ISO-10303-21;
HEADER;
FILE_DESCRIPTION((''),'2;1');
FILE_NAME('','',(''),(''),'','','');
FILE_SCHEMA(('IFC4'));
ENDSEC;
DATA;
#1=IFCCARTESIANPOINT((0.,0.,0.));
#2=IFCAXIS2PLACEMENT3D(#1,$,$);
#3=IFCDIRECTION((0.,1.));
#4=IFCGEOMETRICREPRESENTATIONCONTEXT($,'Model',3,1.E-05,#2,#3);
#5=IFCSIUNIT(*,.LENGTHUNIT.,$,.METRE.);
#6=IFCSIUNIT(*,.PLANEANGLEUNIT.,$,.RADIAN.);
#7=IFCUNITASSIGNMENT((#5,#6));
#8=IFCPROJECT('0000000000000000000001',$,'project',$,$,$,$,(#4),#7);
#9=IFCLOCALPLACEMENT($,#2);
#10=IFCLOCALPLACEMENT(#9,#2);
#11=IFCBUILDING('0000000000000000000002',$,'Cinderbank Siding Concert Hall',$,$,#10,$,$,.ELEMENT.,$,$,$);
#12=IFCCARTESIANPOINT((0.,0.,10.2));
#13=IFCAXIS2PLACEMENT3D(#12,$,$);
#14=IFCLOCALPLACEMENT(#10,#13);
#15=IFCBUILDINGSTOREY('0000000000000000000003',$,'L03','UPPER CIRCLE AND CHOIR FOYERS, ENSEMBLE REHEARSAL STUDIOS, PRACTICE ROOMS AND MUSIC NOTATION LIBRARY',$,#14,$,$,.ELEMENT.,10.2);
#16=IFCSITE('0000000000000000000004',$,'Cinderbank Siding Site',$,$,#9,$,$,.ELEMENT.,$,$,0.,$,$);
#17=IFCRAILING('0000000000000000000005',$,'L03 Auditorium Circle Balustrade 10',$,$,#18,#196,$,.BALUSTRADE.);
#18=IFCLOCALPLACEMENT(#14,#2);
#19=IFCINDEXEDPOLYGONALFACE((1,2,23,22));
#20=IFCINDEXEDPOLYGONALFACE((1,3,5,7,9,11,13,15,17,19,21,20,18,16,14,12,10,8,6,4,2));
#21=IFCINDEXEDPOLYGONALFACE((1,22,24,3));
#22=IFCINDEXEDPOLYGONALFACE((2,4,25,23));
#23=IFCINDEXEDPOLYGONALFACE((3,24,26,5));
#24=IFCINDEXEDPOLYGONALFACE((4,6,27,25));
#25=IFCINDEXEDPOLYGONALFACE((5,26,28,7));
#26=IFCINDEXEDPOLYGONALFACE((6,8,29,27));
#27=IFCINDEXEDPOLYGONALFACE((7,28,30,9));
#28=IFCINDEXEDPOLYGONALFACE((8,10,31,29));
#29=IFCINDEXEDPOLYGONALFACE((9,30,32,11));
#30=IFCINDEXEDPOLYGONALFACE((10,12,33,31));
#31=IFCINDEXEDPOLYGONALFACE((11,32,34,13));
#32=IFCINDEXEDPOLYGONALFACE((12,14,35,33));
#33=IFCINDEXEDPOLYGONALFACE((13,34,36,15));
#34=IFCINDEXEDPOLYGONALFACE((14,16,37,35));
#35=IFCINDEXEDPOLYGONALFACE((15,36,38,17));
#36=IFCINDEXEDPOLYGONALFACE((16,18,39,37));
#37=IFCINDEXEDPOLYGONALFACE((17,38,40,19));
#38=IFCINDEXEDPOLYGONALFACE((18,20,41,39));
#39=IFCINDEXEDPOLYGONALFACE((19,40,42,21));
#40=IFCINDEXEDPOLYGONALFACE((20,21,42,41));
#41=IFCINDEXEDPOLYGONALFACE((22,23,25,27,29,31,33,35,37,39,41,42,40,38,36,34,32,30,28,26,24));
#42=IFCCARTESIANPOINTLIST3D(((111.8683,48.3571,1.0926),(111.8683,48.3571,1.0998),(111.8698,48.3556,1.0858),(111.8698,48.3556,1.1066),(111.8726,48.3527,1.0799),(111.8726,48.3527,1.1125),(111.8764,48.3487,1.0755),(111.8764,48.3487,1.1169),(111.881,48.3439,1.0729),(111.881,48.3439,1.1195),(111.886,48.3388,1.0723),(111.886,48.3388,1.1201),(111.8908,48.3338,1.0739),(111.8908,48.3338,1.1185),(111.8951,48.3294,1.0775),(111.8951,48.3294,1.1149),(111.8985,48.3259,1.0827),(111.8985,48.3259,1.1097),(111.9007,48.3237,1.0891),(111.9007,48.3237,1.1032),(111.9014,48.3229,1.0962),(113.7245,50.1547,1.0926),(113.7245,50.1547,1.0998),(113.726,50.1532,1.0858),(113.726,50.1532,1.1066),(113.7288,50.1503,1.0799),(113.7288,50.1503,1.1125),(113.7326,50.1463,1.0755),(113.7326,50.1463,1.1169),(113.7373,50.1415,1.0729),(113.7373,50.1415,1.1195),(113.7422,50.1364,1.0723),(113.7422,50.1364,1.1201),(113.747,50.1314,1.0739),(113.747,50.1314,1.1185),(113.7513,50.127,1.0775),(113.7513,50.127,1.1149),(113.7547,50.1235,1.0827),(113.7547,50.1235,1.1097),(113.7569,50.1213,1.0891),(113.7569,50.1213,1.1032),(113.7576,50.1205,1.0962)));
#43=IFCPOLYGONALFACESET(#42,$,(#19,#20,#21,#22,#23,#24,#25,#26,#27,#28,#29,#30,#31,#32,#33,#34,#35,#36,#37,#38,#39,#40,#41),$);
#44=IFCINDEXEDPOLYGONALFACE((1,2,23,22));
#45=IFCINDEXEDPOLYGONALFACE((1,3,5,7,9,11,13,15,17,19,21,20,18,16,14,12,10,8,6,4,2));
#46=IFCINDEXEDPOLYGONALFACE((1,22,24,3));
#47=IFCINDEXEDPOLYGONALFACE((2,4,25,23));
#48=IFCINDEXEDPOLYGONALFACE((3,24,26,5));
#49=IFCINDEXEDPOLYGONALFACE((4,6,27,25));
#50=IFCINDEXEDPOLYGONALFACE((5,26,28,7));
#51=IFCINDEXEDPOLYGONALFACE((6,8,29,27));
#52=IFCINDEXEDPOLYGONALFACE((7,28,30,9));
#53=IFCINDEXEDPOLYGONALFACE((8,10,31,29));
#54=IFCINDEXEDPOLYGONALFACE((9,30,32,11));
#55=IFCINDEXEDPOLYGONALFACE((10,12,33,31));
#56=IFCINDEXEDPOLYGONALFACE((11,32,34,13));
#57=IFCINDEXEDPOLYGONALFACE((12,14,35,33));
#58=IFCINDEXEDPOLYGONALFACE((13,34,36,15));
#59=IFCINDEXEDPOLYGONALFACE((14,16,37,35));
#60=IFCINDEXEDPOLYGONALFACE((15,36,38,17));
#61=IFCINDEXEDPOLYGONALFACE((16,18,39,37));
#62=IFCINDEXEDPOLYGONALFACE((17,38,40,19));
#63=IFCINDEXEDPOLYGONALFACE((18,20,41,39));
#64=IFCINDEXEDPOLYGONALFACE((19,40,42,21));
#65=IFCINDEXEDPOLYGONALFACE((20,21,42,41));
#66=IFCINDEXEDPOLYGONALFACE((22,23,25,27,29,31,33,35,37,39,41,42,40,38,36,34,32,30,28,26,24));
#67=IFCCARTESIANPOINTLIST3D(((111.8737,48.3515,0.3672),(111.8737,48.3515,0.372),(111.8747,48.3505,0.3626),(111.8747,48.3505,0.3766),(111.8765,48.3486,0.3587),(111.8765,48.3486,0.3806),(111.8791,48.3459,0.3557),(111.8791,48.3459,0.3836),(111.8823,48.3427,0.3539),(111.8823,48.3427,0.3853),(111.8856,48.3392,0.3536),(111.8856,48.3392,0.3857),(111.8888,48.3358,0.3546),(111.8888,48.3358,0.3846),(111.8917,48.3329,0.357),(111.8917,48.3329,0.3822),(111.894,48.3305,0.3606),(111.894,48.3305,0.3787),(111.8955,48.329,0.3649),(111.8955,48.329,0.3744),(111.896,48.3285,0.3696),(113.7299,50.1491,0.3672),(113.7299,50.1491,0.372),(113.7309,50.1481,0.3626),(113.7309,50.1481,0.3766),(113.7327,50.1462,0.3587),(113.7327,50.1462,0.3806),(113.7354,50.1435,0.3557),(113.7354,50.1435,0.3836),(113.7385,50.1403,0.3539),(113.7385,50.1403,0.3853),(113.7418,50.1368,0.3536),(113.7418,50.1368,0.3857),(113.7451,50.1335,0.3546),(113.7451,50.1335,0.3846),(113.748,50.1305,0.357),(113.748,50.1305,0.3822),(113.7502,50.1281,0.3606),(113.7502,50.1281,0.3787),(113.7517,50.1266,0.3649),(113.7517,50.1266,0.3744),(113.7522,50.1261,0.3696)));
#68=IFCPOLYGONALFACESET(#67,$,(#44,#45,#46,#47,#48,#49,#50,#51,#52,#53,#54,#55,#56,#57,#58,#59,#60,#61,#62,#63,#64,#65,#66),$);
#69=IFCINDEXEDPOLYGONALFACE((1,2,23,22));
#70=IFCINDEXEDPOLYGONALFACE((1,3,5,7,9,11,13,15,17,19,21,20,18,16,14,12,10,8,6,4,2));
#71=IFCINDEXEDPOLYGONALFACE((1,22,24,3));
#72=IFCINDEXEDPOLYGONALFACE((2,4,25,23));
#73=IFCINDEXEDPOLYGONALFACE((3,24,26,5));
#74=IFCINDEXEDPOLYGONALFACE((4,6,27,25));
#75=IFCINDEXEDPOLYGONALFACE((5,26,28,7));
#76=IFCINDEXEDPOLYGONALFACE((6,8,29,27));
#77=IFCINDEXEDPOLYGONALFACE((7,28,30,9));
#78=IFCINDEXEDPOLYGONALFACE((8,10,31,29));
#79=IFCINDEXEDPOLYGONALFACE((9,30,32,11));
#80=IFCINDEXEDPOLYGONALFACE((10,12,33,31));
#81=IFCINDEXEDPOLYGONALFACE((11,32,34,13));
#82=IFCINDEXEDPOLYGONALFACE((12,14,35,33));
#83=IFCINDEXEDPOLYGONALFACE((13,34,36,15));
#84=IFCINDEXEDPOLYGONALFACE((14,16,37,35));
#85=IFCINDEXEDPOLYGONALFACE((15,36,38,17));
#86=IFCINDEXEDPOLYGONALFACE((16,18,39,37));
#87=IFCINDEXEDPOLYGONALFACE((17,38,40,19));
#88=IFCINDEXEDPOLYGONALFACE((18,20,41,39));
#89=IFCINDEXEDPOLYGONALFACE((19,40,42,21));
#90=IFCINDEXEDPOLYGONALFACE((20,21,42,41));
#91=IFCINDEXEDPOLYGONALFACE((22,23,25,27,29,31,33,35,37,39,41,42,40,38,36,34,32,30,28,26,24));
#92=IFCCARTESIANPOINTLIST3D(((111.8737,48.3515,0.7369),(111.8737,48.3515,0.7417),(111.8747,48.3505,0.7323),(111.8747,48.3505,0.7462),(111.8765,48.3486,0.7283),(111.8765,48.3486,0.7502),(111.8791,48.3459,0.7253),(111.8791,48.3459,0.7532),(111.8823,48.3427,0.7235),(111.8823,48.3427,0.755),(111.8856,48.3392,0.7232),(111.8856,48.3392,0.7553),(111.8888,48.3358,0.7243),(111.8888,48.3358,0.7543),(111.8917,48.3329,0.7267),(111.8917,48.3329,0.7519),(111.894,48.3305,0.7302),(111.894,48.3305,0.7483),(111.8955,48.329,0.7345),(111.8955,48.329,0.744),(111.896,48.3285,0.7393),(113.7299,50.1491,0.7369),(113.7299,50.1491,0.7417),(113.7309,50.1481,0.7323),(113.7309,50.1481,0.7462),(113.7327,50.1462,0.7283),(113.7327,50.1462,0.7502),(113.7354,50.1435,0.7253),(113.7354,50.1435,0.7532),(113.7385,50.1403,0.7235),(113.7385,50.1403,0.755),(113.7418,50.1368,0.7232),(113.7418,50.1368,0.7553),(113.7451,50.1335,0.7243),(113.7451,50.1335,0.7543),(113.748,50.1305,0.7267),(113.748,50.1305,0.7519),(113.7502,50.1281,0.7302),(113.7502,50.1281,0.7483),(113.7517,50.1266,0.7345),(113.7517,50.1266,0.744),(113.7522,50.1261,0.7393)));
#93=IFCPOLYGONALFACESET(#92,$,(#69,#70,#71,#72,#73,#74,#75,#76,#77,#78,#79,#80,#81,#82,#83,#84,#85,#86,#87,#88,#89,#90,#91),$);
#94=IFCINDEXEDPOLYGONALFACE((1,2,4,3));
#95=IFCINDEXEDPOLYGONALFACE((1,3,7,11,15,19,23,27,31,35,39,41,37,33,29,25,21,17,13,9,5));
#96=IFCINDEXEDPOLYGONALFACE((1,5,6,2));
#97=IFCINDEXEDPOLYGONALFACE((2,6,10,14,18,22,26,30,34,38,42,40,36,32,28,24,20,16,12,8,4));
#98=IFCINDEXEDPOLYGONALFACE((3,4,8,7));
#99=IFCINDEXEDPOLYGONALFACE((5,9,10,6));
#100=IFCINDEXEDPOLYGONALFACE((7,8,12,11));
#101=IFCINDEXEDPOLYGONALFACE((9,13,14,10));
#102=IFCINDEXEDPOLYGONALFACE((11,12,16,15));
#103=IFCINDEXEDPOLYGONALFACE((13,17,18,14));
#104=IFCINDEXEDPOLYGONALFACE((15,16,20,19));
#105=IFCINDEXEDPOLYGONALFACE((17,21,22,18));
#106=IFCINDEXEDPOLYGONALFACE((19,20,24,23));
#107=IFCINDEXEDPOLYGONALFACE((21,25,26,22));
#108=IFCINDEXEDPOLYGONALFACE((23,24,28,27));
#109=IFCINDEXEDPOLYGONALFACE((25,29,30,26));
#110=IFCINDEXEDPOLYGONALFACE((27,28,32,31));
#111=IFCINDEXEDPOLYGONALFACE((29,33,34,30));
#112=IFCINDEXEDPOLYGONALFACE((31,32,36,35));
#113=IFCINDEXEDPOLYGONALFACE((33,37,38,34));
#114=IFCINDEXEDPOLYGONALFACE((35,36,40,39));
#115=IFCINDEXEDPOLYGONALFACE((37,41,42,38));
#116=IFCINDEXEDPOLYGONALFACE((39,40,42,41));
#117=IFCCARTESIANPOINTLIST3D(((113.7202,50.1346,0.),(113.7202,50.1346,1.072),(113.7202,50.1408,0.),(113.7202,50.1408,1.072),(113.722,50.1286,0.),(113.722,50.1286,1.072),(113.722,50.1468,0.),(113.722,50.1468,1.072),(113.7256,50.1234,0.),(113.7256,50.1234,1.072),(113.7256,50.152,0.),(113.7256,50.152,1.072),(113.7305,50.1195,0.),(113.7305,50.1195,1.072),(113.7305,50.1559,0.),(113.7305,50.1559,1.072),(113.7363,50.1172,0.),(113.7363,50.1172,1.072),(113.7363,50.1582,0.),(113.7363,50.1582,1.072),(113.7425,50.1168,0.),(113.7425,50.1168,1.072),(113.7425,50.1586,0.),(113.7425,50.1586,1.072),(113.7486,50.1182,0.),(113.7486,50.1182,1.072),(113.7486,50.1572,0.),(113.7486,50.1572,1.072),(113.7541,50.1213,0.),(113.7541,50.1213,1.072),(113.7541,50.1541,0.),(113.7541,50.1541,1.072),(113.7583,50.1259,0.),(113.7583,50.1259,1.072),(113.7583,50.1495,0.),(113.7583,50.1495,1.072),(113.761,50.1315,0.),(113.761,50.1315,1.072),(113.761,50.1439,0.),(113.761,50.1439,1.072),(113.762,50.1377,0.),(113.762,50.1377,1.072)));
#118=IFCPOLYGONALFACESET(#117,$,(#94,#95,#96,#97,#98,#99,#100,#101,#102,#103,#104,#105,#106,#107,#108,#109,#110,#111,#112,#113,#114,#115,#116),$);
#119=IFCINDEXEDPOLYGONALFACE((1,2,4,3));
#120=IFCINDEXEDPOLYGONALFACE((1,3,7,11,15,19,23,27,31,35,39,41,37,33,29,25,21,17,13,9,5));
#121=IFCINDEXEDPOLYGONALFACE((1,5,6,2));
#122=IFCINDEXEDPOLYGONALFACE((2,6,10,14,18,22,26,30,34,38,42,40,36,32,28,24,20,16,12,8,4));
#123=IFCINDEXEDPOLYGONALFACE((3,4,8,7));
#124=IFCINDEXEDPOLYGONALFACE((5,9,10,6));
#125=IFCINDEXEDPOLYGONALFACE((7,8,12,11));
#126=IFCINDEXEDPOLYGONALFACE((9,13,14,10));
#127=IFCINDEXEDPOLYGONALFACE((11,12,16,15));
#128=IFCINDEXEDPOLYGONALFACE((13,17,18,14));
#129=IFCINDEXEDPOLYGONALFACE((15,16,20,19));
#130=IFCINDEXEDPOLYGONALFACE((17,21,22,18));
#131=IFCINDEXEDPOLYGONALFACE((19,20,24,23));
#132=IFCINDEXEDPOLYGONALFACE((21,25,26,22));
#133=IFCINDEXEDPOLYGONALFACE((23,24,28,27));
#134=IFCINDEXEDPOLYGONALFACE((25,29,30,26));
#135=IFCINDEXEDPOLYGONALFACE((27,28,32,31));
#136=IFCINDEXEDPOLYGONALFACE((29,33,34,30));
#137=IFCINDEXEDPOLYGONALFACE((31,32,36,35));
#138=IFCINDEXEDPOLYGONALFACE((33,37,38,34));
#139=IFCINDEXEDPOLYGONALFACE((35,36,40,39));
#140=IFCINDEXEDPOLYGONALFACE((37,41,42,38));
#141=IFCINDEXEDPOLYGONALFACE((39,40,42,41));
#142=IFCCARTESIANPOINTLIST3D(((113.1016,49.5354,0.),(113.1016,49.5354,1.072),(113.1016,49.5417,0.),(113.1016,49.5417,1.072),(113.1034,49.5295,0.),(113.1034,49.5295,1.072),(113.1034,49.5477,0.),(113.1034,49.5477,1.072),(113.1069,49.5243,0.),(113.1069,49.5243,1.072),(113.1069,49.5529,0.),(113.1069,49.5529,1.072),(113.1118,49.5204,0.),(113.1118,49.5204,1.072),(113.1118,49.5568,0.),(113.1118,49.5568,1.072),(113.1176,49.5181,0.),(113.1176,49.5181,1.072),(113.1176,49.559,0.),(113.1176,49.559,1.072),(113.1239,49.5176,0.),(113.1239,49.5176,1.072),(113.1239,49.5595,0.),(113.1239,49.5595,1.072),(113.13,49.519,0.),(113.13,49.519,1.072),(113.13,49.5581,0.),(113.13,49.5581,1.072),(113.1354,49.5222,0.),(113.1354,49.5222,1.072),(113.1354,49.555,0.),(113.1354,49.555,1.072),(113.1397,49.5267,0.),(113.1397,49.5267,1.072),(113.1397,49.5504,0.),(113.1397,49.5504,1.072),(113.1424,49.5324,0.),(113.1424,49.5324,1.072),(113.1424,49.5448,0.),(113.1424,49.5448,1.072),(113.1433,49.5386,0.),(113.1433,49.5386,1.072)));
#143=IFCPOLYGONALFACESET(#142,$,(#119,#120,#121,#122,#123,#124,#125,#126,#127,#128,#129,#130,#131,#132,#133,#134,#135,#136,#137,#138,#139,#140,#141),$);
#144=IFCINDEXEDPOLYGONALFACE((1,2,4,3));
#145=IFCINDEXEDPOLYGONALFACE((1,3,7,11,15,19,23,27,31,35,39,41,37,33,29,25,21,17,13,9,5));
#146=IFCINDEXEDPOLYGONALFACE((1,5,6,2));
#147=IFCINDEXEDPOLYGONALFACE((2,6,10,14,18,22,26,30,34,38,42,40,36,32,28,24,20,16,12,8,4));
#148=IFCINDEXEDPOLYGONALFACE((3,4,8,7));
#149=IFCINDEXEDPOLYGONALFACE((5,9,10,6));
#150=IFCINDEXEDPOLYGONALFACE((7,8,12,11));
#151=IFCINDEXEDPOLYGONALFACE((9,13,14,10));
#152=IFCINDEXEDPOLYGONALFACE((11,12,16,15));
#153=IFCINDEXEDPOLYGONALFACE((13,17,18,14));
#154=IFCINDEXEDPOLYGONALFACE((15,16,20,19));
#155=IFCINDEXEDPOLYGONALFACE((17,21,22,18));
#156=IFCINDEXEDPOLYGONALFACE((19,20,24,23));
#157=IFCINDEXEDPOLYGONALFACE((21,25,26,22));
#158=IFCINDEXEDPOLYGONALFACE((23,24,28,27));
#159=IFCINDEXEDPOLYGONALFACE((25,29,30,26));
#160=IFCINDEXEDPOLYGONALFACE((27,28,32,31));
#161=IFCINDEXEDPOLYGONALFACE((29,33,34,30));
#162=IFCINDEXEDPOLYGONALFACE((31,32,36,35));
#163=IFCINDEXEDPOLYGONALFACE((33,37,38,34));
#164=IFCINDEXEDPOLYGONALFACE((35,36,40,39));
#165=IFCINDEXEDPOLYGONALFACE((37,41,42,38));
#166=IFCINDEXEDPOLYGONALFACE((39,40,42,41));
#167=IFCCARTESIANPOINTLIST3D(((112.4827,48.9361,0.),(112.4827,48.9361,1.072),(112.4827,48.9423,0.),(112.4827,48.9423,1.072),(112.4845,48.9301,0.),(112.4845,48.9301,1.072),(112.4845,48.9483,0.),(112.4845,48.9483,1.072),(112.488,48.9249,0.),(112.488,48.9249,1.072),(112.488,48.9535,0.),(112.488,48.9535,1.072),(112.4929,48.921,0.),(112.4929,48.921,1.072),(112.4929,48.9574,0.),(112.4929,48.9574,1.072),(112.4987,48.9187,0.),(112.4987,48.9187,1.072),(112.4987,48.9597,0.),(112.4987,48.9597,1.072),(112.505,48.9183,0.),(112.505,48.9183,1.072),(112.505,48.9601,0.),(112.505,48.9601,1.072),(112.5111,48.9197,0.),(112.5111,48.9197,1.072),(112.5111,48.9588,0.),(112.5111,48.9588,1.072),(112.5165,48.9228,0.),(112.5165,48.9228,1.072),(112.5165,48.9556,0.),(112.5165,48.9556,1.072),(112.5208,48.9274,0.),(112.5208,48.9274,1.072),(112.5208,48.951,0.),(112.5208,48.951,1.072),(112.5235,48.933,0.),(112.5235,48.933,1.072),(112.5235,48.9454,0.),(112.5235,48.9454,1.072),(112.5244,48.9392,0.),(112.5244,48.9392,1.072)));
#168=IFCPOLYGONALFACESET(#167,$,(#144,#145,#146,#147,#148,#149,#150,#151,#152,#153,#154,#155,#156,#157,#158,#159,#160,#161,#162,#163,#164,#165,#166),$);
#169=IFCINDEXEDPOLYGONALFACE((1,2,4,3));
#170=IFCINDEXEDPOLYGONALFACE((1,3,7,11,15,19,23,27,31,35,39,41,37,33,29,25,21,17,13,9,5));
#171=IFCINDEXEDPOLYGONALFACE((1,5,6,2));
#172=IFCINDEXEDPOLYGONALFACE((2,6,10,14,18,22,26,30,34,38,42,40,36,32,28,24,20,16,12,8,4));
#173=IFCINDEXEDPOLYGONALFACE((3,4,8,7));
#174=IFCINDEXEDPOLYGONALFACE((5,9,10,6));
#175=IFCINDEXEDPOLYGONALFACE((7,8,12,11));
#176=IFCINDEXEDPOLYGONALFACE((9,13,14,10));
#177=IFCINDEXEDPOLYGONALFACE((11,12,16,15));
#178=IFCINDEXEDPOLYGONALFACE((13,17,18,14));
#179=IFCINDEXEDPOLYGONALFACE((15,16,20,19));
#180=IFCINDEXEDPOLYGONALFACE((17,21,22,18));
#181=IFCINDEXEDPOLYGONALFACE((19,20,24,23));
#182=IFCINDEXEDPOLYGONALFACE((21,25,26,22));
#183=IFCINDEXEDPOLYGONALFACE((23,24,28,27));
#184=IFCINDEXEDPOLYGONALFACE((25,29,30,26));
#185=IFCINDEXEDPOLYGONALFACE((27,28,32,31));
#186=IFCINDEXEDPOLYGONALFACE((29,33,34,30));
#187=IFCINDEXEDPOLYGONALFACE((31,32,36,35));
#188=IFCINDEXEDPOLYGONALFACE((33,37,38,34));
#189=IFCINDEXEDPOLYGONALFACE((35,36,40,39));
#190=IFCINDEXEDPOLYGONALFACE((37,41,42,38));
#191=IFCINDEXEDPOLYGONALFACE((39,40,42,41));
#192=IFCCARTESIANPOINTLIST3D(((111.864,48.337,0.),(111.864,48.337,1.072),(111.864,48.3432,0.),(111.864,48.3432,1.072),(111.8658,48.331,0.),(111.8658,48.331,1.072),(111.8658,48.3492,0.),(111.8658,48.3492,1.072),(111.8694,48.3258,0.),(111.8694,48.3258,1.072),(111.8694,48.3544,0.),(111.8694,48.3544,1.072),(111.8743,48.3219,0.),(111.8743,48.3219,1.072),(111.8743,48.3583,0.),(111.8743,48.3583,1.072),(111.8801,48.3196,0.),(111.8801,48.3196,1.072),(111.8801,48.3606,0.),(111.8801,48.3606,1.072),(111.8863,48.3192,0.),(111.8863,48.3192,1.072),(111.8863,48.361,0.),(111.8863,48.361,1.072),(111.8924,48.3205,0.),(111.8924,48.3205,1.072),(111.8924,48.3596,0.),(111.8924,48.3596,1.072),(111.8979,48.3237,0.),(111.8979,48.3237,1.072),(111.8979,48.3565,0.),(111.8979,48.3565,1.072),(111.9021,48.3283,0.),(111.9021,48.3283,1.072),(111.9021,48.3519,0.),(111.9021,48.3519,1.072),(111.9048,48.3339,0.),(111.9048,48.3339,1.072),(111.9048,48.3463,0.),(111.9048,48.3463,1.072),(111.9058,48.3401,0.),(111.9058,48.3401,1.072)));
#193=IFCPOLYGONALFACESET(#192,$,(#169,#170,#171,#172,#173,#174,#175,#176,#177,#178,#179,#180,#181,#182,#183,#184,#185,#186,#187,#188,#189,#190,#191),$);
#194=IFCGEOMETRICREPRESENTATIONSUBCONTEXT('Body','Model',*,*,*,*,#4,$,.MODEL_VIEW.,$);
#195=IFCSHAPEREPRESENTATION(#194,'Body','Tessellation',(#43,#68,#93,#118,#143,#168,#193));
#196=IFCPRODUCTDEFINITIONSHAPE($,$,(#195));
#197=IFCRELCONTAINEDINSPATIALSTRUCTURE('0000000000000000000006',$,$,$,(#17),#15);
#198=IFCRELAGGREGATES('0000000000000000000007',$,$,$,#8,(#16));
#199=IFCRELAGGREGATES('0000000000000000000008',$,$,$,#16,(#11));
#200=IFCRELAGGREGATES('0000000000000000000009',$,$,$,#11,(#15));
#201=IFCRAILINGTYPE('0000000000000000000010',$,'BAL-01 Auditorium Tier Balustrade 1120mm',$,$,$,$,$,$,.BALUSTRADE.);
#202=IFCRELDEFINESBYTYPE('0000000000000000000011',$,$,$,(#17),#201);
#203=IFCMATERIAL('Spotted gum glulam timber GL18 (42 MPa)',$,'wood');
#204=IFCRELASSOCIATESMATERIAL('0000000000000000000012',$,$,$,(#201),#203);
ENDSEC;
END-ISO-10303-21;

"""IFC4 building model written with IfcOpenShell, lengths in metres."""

from ifc_helpers import new_model, si_unit, direction, frame, origin, origin_2d, place, context, subcontext, project, spatial, circle, extrude, material, type_object, element, save


model = new_model("IFC4")

# Units and contexts
model_context = context("Model", 3, precision=1e-05, world=origin(), true_north=direction((0.0, 1.0)))
body_context = subcontext(model_context, "Body", "Model", "MODEL_VIEW")
ifc_project = project(units=[si_unit("LENGTHUNIT", "METRE"), si_unit("PLANEANGLEUNIT", "RADIAN")], contexts=[model_context])

# Site, building, storey
site_placement = place(None, origin())
site = spatial("IfcSite", under=ifc_project, at=site_placement, Name="Cinderbank Siding Site", CompositionType="ELEMENT", RefElevation=0.0)
building_placement = place(site_placement, origin())
building = spatial("IfcBuilding", under=site, at=building_placement, Name="Cinderbank Siding Concert Hall", CompositionType="ELEMENT")
storey_placement = place(building_placement, frame((0.0, 0.0, 10.2)))
storey = spatial("IfcBuildingStorey", under=building, at=storey_placement, Name="L03", Description="UPPER CIRCLE AND CHOIR FOYERS, ENSEMBLE REHEARSAL STUDIOS, PRACTICE ROOMS AND MUSIC NOTATION LIBRARY", CompositionType="ELEMENT", Elevation=10.2)

# Shared definitions
ifc_material_1 = material(Name="Spotted gum glulam timber GL18 (42 MPa)", Category="wood")

# Railing
railing_type = type_object("IfcRailingType", Name="BAL-01 Auditorium Tier Balustrade 1120mm", PredefinedType="BALUSTRADE", material=ifc_material_1)
railing_1_placement = place(storey_placement, frame((113.741, 50.1377, 0.0)))
element("IfcRailing", 1, at=railing_1_placement, inside=storey, type_object=railing_type, Name="L03 Auditorium Circle Balustrade 10", PredefinedType="BALUSTRADE", context=body_context, shape_type="SweptSolid", body=[
    extrude(circle(Radius=0.0239, at=origin_2d()), frame((0.0, 0.0, 1.0962), z_axis=(-0.718354, -0.695678, 0.0), x_axis=(0.695678, -0.718354, 0.0)), (0.0, 0.0, 1.0), 2.584),
    extrude(circle(Radius=0.0161, at=origin_2d()), frame((0.0, 0.0, 0.3696), z_axis=(-0.718354, -0.695678, 0.0), x_axis=(0.695678, -0.718354, 0.0)), (0.0, 0.0, 1.0), 2.584),
    extrude(circle(Radius=0.0161, at=origin_2d()), frame((0.0, 0.0, 0.7393), z_axis=(-0.718354, -0.695678, 0.0), x_axis=(0.695678, -0.718354, 0.0)), (0.0, 0.0, 1.0), 2.584),
    extrude(circle(Radius=0.021, at=origin_2d()), origin(), (0.0, 0.0, 1.0), 1.072),
    extrude(circle(Radius=0.021, at=origin_2d()), frame((-0.6187, -0.5991, 0.0)), (0.0, 0.0, 1.0), 1.072),
    extrude(circle(Radius=0.021, at=origin_2d()), frame((-1.2375, -1.1985, 0.0)), (0.0, 0.0, 1.0), 1.072),
    extrude(circle(Radius=0.021, at=origin_2d()), frame((-1.8562, -1.7976, 0.0)), (0.0, 0.0, 1.0), 1.072),
])

save(model, "model.ifc")
